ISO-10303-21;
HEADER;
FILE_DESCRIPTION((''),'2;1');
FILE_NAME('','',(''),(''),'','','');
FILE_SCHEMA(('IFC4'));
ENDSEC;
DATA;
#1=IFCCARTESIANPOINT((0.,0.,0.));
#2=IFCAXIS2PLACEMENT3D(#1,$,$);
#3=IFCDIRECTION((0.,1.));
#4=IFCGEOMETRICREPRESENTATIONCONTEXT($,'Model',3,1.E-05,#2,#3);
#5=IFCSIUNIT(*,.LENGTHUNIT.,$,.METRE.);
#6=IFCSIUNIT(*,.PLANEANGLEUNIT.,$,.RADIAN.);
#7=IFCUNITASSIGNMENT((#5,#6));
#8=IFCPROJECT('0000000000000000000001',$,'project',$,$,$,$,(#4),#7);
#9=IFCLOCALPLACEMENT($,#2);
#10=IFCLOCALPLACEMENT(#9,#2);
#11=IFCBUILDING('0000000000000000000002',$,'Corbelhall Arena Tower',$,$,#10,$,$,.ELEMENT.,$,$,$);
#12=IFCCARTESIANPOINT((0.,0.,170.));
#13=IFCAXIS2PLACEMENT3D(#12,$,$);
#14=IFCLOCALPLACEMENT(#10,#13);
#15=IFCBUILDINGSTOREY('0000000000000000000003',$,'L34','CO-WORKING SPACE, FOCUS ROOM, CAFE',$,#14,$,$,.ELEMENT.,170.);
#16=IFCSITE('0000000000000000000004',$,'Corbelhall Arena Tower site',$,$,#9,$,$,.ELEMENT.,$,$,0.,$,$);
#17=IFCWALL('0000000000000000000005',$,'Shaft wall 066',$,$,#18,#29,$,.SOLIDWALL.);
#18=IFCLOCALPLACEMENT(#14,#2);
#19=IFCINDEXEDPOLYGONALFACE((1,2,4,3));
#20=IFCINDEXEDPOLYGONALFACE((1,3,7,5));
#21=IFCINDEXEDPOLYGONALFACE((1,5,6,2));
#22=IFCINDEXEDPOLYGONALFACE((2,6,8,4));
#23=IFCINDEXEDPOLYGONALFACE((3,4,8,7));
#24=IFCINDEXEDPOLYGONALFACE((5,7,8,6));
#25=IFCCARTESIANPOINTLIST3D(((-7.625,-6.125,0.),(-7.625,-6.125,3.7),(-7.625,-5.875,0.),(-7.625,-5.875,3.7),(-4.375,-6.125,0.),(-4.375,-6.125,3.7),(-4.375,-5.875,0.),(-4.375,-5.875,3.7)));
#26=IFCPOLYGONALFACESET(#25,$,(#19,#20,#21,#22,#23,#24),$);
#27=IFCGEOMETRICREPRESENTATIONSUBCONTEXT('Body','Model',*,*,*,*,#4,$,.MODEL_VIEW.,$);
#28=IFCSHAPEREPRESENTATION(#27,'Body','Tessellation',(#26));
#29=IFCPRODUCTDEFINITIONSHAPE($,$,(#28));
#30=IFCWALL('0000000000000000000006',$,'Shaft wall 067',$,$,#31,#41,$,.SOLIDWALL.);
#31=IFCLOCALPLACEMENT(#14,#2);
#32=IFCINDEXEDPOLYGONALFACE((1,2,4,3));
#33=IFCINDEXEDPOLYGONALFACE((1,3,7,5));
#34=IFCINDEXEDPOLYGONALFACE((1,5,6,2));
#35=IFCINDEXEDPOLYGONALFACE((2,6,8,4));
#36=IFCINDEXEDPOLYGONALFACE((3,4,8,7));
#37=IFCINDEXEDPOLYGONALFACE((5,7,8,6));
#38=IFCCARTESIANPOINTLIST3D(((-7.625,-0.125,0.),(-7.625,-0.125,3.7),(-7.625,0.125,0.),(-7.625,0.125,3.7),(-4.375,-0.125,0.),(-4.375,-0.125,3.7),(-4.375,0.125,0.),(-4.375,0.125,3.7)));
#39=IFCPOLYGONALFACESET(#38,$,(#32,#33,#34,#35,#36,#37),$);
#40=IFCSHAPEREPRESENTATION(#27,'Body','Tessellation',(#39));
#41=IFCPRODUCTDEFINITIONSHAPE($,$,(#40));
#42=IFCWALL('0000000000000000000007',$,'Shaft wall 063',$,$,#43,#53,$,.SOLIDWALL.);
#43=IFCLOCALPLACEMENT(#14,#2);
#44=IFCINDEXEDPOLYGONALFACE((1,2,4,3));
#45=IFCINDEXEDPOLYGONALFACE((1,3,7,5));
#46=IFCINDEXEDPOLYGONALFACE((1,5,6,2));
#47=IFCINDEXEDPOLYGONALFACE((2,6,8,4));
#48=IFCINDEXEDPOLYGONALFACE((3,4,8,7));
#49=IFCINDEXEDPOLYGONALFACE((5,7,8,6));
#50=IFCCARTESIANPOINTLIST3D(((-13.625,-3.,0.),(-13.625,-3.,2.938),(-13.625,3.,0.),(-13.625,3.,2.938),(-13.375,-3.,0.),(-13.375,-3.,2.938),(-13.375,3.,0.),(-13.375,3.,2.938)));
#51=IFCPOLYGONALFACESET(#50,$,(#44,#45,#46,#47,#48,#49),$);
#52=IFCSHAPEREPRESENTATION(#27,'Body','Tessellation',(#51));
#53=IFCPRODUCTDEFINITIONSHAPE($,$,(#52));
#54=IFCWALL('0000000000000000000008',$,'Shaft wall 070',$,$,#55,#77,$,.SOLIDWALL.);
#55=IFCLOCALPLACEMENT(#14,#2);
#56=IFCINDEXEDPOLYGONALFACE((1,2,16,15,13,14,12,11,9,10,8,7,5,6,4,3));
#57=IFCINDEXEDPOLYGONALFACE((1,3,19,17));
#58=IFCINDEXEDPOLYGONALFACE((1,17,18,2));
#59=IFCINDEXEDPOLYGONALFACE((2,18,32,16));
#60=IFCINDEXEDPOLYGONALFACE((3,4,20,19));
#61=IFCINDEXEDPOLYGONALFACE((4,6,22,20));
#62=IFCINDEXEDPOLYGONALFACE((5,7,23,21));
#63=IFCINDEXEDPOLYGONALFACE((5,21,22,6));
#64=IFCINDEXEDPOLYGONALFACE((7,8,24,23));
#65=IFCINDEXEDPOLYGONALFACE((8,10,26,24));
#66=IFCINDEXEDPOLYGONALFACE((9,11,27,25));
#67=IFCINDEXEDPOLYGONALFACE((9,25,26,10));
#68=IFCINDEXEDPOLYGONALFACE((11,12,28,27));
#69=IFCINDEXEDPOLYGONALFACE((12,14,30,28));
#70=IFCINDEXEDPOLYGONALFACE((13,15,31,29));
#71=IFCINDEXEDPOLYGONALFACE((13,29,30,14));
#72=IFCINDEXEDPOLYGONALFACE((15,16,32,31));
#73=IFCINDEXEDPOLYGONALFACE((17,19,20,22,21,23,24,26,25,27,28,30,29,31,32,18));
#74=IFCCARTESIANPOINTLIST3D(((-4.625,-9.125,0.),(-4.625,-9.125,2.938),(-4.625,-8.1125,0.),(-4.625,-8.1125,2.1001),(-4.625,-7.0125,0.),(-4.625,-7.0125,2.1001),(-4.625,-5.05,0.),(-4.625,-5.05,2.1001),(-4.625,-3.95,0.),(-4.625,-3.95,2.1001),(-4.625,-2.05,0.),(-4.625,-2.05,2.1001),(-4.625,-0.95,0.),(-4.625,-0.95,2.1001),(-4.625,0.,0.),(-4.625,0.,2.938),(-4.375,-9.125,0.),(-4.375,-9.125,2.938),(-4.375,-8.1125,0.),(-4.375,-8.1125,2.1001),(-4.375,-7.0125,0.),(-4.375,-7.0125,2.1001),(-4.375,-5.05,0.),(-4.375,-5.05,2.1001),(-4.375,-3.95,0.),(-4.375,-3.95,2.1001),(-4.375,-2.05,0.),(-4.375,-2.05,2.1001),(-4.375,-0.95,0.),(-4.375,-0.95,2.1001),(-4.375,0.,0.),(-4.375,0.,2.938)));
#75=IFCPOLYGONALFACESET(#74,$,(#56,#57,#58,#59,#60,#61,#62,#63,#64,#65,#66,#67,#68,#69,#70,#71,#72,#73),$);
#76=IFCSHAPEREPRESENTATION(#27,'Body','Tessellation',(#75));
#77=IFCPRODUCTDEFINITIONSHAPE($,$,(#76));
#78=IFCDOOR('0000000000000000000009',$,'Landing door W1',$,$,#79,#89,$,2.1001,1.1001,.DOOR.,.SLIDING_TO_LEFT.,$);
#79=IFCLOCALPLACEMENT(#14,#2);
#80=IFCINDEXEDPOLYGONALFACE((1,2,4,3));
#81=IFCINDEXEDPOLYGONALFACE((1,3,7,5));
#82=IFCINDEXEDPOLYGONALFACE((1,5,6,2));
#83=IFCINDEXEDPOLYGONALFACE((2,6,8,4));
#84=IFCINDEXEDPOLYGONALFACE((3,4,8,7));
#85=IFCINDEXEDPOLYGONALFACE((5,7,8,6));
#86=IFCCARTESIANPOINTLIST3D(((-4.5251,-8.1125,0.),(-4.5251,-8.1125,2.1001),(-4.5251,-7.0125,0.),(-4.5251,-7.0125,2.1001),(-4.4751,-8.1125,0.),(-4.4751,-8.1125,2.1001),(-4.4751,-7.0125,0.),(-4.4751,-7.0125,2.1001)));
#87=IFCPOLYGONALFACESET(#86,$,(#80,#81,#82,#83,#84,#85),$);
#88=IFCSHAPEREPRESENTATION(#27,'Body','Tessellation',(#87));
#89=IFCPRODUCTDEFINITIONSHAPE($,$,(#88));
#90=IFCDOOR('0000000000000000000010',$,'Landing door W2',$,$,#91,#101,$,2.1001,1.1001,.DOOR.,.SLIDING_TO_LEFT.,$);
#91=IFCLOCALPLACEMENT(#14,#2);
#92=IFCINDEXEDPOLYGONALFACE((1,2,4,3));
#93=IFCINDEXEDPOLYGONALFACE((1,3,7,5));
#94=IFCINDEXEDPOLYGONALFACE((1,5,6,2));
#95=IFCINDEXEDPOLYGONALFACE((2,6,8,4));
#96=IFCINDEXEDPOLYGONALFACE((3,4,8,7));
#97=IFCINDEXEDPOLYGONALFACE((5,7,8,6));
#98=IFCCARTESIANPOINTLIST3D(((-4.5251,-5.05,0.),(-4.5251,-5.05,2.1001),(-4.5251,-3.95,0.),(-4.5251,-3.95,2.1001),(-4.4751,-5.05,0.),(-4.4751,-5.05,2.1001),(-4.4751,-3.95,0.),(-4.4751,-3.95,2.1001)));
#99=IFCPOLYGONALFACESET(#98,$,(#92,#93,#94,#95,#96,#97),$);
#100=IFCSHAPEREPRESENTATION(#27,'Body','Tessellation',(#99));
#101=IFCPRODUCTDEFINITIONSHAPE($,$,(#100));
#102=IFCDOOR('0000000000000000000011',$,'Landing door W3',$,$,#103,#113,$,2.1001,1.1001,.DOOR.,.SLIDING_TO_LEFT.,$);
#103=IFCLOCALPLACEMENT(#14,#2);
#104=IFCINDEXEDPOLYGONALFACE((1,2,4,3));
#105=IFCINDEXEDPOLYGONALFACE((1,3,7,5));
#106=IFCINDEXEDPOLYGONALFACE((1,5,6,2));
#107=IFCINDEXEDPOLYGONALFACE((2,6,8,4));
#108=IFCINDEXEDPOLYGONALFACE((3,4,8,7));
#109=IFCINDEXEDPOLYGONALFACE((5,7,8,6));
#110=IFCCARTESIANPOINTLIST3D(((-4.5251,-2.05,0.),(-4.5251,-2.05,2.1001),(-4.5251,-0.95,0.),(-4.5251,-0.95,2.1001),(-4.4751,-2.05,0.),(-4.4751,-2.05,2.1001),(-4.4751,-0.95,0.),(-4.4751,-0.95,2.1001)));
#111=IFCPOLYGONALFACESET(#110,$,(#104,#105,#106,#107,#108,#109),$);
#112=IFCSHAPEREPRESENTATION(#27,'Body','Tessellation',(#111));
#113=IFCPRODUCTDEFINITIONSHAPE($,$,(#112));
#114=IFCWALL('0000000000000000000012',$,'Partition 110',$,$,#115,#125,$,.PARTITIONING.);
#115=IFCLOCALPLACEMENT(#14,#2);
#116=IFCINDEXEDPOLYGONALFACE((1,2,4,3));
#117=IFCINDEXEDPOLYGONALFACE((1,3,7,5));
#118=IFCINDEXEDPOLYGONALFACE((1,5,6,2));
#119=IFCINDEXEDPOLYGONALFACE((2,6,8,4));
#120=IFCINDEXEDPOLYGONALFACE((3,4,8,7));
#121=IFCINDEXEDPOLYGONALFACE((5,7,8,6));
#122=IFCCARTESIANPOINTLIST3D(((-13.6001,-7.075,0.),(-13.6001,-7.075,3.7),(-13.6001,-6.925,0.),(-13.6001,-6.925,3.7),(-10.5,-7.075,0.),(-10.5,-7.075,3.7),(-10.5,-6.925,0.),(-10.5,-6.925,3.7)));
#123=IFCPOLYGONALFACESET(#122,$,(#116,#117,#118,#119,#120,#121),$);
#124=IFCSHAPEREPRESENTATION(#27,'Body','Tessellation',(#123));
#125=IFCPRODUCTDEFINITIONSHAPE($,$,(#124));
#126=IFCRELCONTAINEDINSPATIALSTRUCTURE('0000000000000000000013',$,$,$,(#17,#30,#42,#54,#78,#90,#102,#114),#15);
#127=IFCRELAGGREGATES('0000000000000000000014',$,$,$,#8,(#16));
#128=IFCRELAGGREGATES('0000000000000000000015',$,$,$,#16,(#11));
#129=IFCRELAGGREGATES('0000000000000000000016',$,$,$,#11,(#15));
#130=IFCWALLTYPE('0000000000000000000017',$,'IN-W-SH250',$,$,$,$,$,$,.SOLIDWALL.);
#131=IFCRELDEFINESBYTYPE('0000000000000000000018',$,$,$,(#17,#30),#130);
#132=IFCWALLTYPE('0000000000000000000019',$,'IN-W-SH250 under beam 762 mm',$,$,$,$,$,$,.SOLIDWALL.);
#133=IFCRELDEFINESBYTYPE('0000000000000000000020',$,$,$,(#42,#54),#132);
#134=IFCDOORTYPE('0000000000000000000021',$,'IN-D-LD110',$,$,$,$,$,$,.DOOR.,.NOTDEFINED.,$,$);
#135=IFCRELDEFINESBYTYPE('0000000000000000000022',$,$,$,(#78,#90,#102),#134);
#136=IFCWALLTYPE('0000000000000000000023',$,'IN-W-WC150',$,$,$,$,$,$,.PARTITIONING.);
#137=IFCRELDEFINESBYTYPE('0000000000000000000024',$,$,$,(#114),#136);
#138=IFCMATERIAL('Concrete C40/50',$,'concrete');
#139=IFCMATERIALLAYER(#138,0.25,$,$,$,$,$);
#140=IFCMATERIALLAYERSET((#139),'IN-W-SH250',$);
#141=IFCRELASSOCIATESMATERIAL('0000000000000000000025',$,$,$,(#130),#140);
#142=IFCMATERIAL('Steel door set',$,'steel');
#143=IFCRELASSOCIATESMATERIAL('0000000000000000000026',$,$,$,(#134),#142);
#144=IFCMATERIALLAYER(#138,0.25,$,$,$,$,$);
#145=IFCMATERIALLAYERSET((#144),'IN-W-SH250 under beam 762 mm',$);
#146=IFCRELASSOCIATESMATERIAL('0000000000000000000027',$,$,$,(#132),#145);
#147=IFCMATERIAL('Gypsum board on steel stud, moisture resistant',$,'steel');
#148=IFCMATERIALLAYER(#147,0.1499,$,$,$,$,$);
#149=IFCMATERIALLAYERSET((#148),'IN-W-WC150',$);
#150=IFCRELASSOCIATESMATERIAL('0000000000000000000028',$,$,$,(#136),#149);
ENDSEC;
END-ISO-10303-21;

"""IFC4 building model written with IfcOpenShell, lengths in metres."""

from ifc_helpers import new_model, si_unit, direction, frame, frame_2d, origin, place, context, subcontext, project, spatial, rectangle, extrude, material, layer, layer_set, type_object, element, fill, save


model = new_model("IFC4")

# Units and contexts
model_context = context("Model", 3, precision=1e-05, world=origin(), true_north=direction((0.0, 1.0)))
body_context = subcontext(model_context, "Body", "Model", "MODEL_VIEW")
ifc_project = project(units=[si_unit("LENGTHUNIT", "METRE"), si_unit("PLANEANGLEUNIT", "RADIAN")], contexts=[model_context])

# Site, building, storey
site_placement = place(None, origin())
site = spatial("IfcSite", under=ifc_project, at=site_placement, Name="Corbelhall Arena Tower site", CompositionType="ELEMENT", RefElevation=0.0)
building_placement = place(site_placement, origin())
building = spatial("IfcBuilding", under=site, at=building_placement, Name="Corbelhall Arena Tower", CompositionType="ELEMENT")
storey_placement = place(building_placement, frame((0.0, 0.0, 170.0)))
storey = spatial("IfcBuildingStorey", under=building, at=storey_placement, Name="L34", Description="CO-WORKING SPACE, FOCUS ROOM, CAFE", CompositionType="ELEMENT", Elevation=170.0)

# Shared definitions
ifc_material_1 = material(Name="Steel door set", Category="steel")

# Shared definitions
ifc_material_2 = material(Name="Concrete C40/50", Category="concrete")
ifc_layer_1 = layer(ifc_material_2, 0.25)
ifc_layer_set_1 = layer_set([ifc_layer_1], Name="IN-W-SH250")
wall_type_1 = type_object("IfcWallType", Name="IN-W-SH250", PredefinedType="SOLIDWALL", material=ifc_layer_set_1)

# Shared definitions
door_type_1 = type_object("IfcDoorType", Name="IN-D-LD110", OperationType="NOTDEFINED", PredefinedType="DOOR", material=ifc_material_1)

# Walls
for number, where, z_axis, x_axis, name in (
    (1, (-7.625, -6.0, 0.0), (0.0, 0.0, 1.0), (1.0, 0.0, 0.0), "Shaft wall 066"),
    (2, (-7.625, 0.0, 0.0), (0.0, 0.0, 1.0), (1.0, 0.0, 0.0), "Shaft wall 067"),
):
    element("IfcWall", number, at=place(storey_placement, frame(where, z_axis=z_axis, x_axis=x_axis)), inside=storey, type_object=wall_type_1, Name=name, PredefinedType="SOLIDWALL", context=body_context, shape_type="SweptSolid", body=[
        extrude(rectangle(XDim=3.25, YDim=0.25, at=frame_2d((1.625, 0.0))), origin(), (0.0, 0.0, 1.0), 3.7),
    ])
ifc_layer_2 = layer(ifc_material_2, 0.25)
ifc_layer_set_2 = layer_set([ifc_layer_2], Name="IN-W-SH250 under beam 762 mm")
wall_type_2 = type_object("IfcWallType", Name="IN-W-SH250 under beam 762 mm", PredefinedType="SOLIDWALL", material=ifc_layer_set_2)
wall_1_placement = place(storey_placement, frame((-13.5, -3.0, 0.0), z_axis=(0.0, 0.0, 1.0), x_axis=(0.0, 1.0, 0.0)))
element("IfcWall", 3, at=wall_1_placement, inside=storey, type_object=wall_type_2, Name="Shaft wall 063", PredefinedType="SOLIDWALL", context=body_context, shape_type="SweptSolid", body=[
    extrude(rectangle(XDim=6.0, YDim=0.25, at=frame_2d((3.0, 0.0))), origin(), (0.0, 0.0, 1.0), 2.938),
])

# Wall, openings, doors
wall_2_placement = place(storey_placement, frame((-4.5, 0.0, 0.0), z_axis=(0.0, 0.0, 1.0), x_axis=(0.0, -1.0, 0.0)))
wall_2 = element("IfcWall", 4, at=wall_2_placement, inside=storey, type_object=wall_type_2, Name="Shaft wall 070", PredefinedType="SOLIDWALL", context=body_context, shape_type="SweptSolid", body=[
    extrude(rectangle(XDim=9.125, YDim=0.25, at=frame_2d((4.5625, 0.0))), origin(), (0.0, 0.0, 1.0), 2.938),
])
opening_1_placement = place(wall_2_placement, frame((7.0125, 0.0, 0.0)))
opening_1 = element("IfcOpeningElement", 5, at=opening_1_placement, cuts=wall_2, PredefinedType="OPENING", context=body_context, shape_type="SweptSolid", body=[
    extrude(rectangle(XDim=1.1001, YDim=2.1001, at=frame_2d((0.55, 1.05))), frame((0.0, 0.125, 0.0), z_axis=(0.0, -1.0, 0.0), x_axis=(1.0, 0.0, 0.0)), (0.0, 0.0, 1.0), 0.25),
])
opening_2_placement = place(wall_2_placement, frame((3.95, 0.0, 0.0)))
opening_2 = element("IfcOpeningElement", 6, at=opening_2_placement, cuts=wall_2, PredefinedType="OPENING", context=body_context, shape_type="SweptSolid", body=[
    extrude(rectangle(XDim=1.1001, YDim=2.1001, at=frame_2d((0.55, 1.05))), frame((0.0, 0.125, 0.0), z_axis=(0.0, -1.0, 0.0), x_axis=(1.0, 0.0, 0.0)), (0.0, 0.0, 1.0), 0.25),
])
opening_3_placement = place(wall_2_placement, frame((0.95, 0.0, 0.0)))
opening_3 = element("IfcOpeningElement", 7, at=opening_3_placement, cuts=wall_2, PredefinedType="OPENING", context=body_context, shape_type="SweptSolid", body=[
    extrude(rectangle(XDim=1.1001, YDim=2.1001, at=frame_2d((0.55, 1.05))), frame((0.0, 0.125, 0.0), z_axis=(0.0, -1.0, 0.0), x_axis=(1.0, 0.0, 0.0)), (0.0, 0.0, 1.0), 0.25),
])
door_1_placement = place(opening_1_placement, origin())
door_1 = element("IfcDoor", 8, at=door_1_placement, inside=storey, type_object=door_type_1, Name="Landing door W1", OperationType="SLIDING_TO_LEFT", OverallHeight=2.1001, OverallWidth=1.1001, PredefinedType="DOOR", context=body_context, shape_type="SweptSolid", body=[
    extrude(rectangle(XDim=1.1001, YDim=2.1001, at=frame_2d((0.55, 1.05))), frame((0.0, 0.0249, 0.0), z_axis=(0.0, -1.0, 0.0), x_axis=(1.0, 0.0, 0.0)), (0.0, 0.0, 1.0), 0.05),
])
fill(opening_1, door_1)
door_2_placement = place(opening_2_placement, origin())
door_2 = element("IfcDoor", 9, at=door_2_placement, inside=storey, type_object=door_type_1, Name="Landing door W2", OperationType="SLIDING_TO_LEFT", OverallHeight=2.1001, OverallWidth=1.1001, PredefinedType="DOOR", context=body_context, shape_type="SweptSolid", body=[
    extrude(rectangle(XDim=1.1001, YDim=2.1001, at=frame_2d((0.55, 1.05))), frame((0.0, 0.0249, 0.0), z_axis=(0.0, -1.0, 0.0), x_axis=(1.0, 0.0, 0.0)), (0.0, 0.0, 1.0), 0.05),
])
fill(opening_2, door_2)
door_3_placement = place(opening_3_placement, origin())
door_3 = element("IfcDoor", 10, at=door_3_placement, inside=storey, type_object=door_type_1, Name="Landing door W3", OperationType="SLIDING_TO_LEFT", OverallHeight=2.1001, OverallWidth=1.1001, PredefinedType="DOOR", context=body_context, shape_type="SweptSolid", body=[
    extrude(rectangle(XDim=1.1001, YDim=2.1001, at=frame_2d((0.55, 1.05))), frame((0.0, 0.0249, 0.0), z_axis=(0.0, -1.0, 0.0), x_axis=(1.0, 0.0, 0.0)), (0.0, 0.0, 1.0), 0.05),
])
fill(opening_3, door_3)

# Wall
ifc_material_3 = material(Name="Gypsum board on steel stud, moisture resistant", Category="steel")
ifc_layer_3 = layer(ifc_material_3, 0.1499)
ifc_layer_set_3 = layer_set([ifc_layer_3], Name="IN-W-WC150")
wall_type_3 = type_object("IfcWallType", Name="IN-W-WC150", PredefinedType="PARTITIONING", material=ifc_layer_set_3)
wall_3_placement = place(storey_placement, frame((-13.6001, -7.0, 0.0), z_axis=(0.0, 0.0, 1.0), x_axis=(1.0, 0.0, 0.0)))
element("IfcWall", 11, at=wall_3_placement, inside=storey, type_object=wall_type_3, Name="Partition 110", PredefinedType="PARTITIONING", context=body_context, shape_type="SweptSolid", body=[
    extrude(rectangle(XDim=3.1001, YDim=0.1499, at=frame_2d((1.55, 0.0))), origin(), (0.0, 0.0, 1.0), 3.7),
])

save(model, "model.ifc")
